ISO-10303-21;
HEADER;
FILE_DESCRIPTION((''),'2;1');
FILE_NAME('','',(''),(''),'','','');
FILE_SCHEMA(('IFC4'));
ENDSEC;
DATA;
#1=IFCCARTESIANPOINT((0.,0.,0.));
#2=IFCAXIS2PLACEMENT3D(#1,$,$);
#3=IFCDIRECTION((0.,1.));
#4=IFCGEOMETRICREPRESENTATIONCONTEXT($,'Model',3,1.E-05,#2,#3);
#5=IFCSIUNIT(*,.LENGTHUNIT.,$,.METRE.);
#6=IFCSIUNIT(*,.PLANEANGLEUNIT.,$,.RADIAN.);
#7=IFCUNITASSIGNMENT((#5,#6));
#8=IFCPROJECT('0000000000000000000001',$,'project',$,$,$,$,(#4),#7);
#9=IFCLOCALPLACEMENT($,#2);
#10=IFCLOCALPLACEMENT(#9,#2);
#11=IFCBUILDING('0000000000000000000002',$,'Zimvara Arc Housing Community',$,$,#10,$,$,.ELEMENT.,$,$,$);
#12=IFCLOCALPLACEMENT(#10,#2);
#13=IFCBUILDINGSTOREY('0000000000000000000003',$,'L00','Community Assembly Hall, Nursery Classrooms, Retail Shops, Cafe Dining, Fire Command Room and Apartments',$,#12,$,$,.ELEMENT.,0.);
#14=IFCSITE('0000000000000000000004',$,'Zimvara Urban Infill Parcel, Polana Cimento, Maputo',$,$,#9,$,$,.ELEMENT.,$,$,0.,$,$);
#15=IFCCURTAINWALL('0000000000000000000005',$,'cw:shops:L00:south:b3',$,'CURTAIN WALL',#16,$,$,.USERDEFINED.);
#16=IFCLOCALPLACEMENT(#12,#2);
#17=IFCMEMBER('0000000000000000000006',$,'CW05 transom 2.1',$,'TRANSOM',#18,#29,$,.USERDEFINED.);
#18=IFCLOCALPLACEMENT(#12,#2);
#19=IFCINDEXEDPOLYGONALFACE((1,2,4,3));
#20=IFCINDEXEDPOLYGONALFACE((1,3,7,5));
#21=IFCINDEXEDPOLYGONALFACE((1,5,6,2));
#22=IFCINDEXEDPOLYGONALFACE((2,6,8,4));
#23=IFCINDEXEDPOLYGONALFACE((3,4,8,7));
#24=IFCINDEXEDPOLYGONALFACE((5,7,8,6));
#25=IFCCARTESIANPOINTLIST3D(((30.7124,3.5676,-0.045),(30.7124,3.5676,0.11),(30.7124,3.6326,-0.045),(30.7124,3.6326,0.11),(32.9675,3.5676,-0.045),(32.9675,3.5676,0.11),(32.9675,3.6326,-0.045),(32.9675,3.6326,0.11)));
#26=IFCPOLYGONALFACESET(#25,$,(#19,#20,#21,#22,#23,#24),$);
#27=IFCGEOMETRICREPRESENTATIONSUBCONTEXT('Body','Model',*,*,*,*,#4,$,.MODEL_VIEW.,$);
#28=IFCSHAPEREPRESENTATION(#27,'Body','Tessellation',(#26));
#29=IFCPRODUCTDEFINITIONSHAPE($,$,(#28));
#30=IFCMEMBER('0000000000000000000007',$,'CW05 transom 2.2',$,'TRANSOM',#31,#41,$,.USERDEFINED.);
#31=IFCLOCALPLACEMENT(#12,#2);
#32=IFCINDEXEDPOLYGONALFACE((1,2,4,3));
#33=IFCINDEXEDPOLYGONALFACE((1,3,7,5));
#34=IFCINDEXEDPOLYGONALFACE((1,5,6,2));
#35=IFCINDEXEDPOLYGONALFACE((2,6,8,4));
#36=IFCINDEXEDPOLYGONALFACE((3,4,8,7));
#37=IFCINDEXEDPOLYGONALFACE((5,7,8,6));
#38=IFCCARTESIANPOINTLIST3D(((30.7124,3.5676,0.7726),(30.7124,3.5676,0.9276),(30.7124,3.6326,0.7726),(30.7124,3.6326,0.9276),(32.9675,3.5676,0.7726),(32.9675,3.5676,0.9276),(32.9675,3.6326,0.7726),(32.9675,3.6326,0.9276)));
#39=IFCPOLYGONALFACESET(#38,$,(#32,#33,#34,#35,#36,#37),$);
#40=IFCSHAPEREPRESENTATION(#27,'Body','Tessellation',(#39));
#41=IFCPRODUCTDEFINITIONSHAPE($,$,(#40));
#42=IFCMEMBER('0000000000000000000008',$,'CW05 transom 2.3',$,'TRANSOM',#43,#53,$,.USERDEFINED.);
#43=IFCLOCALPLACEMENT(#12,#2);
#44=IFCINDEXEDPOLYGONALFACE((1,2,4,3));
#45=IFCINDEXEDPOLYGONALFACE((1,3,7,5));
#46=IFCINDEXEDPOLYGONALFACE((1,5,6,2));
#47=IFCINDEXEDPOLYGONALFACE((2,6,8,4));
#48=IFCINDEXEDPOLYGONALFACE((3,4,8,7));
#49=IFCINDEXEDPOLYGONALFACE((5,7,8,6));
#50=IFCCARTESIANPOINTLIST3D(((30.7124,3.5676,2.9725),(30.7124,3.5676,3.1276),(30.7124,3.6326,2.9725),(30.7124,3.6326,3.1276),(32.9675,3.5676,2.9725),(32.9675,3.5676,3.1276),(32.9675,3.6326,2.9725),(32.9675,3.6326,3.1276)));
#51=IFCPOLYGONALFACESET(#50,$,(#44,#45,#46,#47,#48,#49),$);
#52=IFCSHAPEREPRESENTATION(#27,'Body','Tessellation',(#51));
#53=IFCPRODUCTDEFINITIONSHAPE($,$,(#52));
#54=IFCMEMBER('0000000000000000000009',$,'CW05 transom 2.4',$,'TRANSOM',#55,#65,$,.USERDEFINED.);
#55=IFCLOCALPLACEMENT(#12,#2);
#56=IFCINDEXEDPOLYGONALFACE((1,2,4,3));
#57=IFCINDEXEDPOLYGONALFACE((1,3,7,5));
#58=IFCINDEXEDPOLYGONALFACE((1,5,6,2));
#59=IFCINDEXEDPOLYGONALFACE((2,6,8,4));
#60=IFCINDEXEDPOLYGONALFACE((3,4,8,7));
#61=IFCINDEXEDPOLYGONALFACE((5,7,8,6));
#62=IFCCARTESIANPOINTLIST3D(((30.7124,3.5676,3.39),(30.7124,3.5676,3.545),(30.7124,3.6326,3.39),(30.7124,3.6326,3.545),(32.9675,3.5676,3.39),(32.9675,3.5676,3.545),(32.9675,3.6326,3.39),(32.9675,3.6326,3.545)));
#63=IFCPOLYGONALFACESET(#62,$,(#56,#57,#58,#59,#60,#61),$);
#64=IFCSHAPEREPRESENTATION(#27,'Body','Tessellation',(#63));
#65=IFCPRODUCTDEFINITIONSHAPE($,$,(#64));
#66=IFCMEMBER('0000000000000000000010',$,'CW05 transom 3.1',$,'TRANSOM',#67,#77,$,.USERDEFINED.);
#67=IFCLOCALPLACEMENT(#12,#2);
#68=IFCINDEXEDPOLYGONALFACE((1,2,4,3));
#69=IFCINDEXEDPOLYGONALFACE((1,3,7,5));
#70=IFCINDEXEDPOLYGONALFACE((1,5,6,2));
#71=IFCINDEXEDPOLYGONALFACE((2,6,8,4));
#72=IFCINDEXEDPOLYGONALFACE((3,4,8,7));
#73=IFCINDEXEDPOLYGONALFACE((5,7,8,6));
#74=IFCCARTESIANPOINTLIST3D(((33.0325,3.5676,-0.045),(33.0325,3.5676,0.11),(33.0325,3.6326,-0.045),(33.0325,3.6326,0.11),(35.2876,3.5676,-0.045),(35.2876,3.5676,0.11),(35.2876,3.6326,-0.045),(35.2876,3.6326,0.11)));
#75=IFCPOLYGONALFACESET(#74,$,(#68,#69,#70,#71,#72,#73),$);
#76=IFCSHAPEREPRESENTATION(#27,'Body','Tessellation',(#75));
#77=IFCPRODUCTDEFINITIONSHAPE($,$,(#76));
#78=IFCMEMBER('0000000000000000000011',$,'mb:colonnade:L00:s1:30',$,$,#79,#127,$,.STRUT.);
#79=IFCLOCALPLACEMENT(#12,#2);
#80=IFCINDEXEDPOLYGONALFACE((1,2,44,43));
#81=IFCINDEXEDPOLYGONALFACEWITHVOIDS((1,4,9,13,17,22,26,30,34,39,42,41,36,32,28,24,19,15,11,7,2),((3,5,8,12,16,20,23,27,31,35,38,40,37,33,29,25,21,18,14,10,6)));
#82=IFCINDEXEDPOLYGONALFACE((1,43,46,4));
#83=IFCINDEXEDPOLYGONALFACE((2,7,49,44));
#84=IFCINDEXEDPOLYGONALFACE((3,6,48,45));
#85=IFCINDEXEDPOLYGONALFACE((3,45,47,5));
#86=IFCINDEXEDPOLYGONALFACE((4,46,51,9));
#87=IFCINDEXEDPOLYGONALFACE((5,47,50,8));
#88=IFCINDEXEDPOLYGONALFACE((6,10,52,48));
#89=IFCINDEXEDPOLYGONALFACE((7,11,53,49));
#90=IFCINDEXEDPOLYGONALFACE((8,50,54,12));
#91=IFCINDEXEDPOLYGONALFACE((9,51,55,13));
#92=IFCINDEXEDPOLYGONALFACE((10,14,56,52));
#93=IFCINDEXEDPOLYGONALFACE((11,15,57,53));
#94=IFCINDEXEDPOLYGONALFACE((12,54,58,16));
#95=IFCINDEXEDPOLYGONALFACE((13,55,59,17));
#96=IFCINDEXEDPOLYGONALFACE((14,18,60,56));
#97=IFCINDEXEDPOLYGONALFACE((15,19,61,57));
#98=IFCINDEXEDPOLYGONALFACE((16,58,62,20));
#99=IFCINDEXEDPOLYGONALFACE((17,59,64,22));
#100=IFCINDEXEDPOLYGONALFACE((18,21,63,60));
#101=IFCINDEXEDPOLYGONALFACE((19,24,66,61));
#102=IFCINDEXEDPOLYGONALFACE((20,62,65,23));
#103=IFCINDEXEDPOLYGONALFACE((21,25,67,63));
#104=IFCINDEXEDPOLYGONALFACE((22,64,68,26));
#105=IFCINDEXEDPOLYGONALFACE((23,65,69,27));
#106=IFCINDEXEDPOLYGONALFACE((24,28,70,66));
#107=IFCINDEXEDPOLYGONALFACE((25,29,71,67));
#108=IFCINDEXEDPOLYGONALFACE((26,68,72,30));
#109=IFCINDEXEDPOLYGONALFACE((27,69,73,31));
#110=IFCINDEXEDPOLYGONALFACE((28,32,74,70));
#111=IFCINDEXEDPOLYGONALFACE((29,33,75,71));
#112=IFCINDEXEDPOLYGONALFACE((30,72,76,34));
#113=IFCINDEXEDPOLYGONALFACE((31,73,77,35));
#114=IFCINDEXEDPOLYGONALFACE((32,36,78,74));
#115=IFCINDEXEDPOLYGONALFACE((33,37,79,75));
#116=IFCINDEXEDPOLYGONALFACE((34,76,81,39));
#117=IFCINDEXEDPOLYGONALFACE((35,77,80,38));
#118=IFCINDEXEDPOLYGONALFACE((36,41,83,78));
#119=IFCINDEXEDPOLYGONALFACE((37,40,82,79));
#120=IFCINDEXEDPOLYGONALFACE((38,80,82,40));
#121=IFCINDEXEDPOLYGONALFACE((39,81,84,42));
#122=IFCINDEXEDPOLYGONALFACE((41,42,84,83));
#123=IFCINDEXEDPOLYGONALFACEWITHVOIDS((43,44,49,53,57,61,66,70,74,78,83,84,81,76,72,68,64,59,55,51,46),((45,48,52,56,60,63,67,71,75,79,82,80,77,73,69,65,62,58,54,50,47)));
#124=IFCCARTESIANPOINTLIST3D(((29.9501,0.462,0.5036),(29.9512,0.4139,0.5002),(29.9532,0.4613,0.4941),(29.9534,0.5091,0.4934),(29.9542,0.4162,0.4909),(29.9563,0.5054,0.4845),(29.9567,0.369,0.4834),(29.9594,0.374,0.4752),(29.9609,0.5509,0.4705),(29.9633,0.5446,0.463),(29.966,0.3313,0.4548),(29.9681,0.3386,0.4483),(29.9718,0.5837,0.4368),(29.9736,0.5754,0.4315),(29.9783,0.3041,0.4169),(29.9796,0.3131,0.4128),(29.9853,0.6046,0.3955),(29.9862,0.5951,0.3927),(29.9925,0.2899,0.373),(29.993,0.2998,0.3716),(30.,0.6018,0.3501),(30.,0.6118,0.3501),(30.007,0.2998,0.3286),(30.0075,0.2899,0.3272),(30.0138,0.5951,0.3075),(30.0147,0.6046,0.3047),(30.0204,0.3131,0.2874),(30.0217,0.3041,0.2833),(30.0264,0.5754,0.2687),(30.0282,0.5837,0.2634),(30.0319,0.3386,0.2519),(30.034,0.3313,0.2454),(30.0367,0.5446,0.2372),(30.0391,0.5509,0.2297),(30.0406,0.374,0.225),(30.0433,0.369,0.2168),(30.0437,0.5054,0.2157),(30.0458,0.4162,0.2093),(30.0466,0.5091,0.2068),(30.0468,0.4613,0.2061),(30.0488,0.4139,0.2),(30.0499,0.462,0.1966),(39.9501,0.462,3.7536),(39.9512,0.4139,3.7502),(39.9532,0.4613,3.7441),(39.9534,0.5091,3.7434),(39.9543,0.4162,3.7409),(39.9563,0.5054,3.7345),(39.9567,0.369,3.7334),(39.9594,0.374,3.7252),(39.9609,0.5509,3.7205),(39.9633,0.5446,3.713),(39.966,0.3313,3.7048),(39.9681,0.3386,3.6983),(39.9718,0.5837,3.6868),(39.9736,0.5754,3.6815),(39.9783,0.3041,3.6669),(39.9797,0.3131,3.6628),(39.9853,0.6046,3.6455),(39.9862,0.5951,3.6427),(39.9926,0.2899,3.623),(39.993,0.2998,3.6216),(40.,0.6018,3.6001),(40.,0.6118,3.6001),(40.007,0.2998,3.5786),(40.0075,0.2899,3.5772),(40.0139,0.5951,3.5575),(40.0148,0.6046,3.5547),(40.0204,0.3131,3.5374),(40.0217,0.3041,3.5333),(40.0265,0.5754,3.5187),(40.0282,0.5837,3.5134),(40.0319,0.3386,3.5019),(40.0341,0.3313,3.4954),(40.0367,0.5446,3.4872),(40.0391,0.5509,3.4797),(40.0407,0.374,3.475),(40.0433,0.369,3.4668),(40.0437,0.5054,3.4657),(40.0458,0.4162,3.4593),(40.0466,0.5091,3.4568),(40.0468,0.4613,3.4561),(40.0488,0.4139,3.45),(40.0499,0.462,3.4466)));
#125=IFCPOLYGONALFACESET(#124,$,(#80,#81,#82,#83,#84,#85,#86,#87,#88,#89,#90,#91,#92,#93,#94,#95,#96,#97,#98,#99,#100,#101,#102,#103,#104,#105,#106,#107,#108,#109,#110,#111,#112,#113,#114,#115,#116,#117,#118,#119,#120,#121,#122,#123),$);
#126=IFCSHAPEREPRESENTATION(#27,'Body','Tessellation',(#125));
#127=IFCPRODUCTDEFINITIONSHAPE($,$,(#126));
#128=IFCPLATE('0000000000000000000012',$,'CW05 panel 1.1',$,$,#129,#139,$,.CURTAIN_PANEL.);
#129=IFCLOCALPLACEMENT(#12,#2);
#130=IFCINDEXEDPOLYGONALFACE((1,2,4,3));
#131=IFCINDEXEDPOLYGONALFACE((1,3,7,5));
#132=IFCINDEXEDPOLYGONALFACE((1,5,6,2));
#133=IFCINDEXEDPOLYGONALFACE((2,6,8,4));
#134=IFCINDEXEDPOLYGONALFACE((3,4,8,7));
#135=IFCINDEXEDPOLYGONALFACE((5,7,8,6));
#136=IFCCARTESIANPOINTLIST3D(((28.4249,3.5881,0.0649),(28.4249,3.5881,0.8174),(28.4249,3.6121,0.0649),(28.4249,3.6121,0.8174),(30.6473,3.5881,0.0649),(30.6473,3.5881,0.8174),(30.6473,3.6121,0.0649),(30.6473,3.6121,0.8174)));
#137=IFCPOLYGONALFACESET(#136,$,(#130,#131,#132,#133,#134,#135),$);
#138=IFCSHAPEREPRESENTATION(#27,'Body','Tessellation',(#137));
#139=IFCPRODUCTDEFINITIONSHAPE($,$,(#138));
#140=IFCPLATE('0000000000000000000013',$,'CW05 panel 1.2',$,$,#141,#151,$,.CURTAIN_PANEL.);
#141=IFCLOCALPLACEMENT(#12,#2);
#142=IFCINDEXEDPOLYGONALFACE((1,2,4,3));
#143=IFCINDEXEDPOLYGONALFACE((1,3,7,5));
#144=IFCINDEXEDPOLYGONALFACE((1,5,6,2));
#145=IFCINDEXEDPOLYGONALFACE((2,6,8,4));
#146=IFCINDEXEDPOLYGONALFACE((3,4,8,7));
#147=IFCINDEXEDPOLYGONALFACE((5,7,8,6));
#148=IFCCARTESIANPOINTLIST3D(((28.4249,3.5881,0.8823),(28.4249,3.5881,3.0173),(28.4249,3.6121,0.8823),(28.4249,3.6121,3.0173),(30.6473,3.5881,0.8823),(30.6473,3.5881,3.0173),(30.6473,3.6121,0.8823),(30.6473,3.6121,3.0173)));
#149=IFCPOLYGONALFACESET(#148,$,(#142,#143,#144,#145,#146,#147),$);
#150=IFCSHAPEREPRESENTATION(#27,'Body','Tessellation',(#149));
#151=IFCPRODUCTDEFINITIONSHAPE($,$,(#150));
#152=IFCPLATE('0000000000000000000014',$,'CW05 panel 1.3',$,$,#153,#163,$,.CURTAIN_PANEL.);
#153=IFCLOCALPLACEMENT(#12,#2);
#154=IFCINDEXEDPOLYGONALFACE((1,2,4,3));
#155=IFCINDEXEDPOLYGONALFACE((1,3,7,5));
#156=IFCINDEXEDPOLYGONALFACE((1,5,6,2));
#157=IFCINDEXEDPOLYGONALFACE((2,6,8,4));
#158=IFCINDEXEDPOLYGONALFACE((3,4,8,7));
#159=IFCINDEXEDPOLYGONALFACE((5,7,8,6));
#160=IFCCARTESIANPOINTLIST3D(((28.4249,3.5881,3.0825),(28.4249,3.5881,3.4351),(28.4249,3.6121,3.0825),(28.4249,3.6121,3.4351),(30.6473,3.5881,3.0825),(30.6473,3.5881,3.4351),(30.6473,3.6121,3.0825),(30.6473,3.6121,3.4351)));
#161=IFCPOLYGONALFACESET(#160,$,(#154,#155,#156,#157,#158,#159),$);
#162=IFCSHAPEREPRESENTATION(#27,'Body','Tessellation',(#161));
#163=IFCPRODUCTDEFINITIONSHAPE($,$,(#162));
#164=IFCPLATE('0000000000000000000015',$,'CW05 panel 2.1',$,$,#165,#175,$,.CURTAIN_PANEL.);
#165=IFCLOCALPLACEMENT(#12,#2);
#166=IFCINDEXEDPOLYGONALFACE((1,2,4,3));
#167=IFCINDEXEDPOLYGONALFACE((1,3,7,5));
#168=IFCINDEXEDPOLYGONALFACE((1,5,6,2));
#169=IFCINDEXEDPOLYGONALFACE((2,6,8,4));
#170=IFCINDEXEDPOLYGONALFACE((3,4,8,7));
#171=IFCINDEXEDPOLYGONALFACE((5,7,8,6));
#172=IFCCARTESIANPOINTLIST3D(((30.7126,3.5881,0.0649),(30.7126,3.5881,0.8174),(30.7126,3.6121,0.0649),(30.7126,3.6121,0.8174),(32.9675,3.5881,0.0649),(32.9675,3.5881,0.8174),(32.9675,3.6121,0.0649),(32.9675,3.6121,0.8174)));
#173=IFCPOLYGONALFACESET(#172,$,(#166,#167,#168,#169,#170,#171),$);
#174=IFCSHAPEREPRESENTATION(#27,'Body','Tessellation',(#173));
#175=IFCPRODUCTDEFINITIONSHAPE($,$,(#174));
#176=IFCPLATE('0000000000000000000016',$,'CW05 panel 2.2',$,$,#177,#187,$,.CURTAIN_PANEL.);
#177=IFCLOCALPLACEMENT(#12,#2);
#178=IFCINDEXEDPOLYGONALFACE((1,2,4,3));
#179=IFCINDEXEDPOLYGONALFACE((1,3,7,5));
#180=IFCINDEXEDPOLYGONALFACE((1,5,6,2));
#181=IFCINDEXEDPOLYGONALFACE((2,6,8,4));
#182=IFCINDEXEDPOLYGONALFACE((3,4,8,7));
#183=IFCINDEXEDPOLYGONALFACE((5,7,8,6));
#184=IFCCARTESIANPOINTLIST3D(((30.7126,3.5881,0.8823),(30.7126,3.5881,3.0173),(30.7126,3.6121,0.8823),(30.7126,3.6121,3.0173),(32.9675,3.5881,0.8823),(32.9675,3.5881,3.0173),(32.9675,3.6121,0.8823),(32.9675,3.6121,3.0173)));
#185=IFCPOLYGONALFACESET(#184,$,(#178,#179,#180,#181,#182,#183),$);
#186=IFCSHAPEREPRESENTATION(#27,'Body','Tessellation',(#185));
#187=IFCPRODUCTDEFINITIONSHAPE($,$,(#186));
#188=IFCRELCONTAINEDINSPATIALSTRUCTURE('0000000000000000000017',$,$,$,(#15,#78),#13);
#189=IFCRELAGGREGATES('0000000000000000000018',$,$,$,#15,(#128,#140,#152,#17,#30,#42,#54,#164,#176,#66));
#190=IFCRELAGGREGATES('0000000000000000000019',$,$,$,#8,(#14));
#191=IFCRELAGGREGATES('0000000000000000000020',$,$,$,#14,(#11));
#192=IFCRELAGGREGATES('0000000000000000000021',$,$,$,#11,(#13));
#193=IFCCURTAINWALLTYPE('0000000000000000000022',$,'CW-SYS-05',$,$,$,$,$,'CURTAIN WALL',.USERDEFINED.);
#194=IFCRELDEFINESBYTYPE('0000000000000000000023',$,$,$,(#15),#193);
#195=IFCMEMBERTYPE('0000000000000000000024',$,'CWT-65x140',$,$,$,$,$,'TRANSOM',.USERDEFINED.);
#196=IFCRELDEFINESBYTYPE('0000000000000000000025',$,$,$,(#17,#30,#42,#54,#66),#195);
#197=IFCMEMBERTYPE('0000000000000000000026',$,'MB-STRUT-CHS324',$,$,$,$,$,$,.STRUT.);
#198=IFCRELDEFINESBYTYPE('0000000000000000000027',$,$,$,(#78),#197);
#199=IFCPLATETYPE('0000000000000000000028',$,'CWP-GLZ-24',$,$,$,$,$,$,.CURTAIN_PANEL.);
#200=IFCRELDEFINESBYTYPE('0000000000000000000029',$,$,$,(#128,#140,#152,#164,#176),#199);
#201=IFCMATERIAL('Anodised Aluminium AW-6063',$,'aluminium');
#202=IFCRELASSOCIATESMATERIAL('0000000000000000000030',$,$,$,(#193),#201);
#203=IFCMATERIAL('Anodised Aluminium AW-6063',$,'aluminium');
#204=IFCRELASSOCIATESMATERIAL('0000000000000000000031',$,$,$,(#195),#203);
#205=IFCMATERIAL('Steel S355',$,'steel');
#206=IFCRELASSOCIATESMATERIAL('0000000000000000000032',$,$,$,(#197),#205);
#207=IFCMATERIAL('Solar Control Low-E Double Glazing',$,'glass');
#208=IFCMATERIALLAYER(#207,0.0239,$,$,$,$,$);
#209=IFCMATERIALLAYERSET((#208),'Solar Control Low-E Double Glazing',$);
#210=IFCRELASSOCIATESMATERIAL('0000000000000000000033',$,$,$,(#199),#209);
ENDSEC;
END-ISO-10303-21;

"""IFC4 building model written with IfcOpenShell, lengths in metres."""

from ifc_helpers import new_model, si_unit, direction, frame, origin, origin_2d, place, context, subcontext, project, spatial, rectangle, hollow_circle, extrude, material, layer, layer_set, material_profile, profile_set, type_object, element, aggregate, save


model = new_model("IFC4")

# Units and contexts
model_context = context("Model", 3, precision=1e-05, world=origin(), true_north=direction((0.0, 1.0)))
body_context = subcontext(model_context, "Body", "Model", "MODEL_VIEW")
ifc_project = project(units=[si_unit("LENGTHUNIT", "METRE"), si_unit("PLANEANGLEUNIT", "RADIAN")], contexts=[model_context])

# Site, building, storey
site_placement = place(None, origin())
site = spatial("IfcSite", under=ifc_project, at=site_placement, Name="Zimvara Urban Infill Parcel, Polana Cimento, Maputo", CompositionType="ELEMENT", RefElevation=0.0)
building_placement = place(site_placement, origin())
building = spatial("IfcBuilding", under=site, at=building_placement, Name="Zimvara Arc Housing Community", CompositionType="ELEMENT")
storey_placement = place(building_placement, origin())
storey = spatial("IfcBuildingStorey", under=building, at=storey_placement, Name="L00", Description="Community Assembly Hall, Nursery Classrooms, Retail Shops, Cafe Dining, Fire Command Room and Apartments", CompositionType="ELEMENT", Elevation=0.0)

# Curtain wall, members
ifc_material_1 = material(Name="Anodised Aluminium AW-6063", Category="aluminium")
curtain_wall_type = type_object("IfcCurtainWallType", Name="CW-SYS-05", ElementType="CURTAIN WALL", PredefinedType="USERDEFINED", material=ifc_material_1)
curtain_wall_placement = place(storey_placement, origin())
curtain_wall = element("IfcCurtainWall", 1, at=curtain_wall_placement, inside=storey, type_object=curtain_wall_type, Name="cw:shops:L00:south:b3", ObjectType="CURTAIN WALL", PredefinedType="USERDEFINED")
ifc_material_2 = material(Name="Anodised Aluminium AW-6063", Category="aluminium")
ifc_material_profile_1 = material_profile(ifc_material_2, rectangle(XDim=0.0649, YDim=0.155, at=origin_2d()), Name="ALU 65x155")
ifc_profile_set_1 = profile_set([ifc_material_profile_1], Name="Anodised Aluminium AW-6063")
member_type_1 = type_object("IfcMemberType", Name="CWT-65x140", ElementType="TRANSOM", PredefinedType="USERDEFINED", material=ifc_profile_set_1)
member_1_placement = place(storey_placement, frame((30.7124, 3.6001, 0.0325), z_axis=(1.0, 0.0, 0.0), x_axis=(0.0, 1.0, 0.0)))
member_1 = element("IfcMember", 2, at=member_1_placement, type_object=member_type_1, Name="CW05 transom 2.1", ObjectType="TRANSOM", PredefinedType="USERDEFINED", context=body_context, shape_type="SweptSolid", body=[
    extrude(rectangle(XDim=0.0649, YDim=0.155, at=origin_2d()), origin(), (0.0, 0.0, 1.0), 2.2551),
])
member_2_placement = place(storey_placement, frame((30.7124, 3.6001, 0.8501), z_axis=(1.0, 0.0, 0.0), x_axis=(0.0, 1.0, 0.0)))
member_2 = element("IfcMember", 3, at=member_2_placement, type_object=member_type_1, Name="CW05 transom 2.2", ObjectType="TRANSOM", PredefinedType="USERDEFINED", context=body_context, shape_type="SweptSolid", body=[
    extrude(rectangle(XDim=0.0649, YDim=0.155, at=origin_2d()), origin(), (0.0, 0.0, 1.0), 2.2551),
])
member_3_placement = place(storey_placement, frame((30.7124, 3.6001, 3.05), z_axis=(1.0, 0.0, 0.0), x_axis=(0.0, 1.0, 0.0)))
member_3 = element("IfcMember", 4, at=member_3_placement, type_object=member_type_1, Name="CW05 transom 2.3", ObjectType="TRANSOM", PredefinedType="USERDEFINED", context=body_context, shape_type="SweptSolid", body=[
    extrude(rectangle(XDim=0.0649, YDim=0.155, at=origin_2d()), origin(), (0.0, 0.0, 1.0), 2.2551),
])
member_4_placement = place(storey_placement, frame((30.7124, 3.6001, 3.4675), z_axis=(1.0, 0.0, 0.0), x_axis=(0.0, 1.0, 0.0)))
member_4 = element("IfcMember", 5, at=member_4_placement, type_object=member_type_1, Name="CW05 transom 2.4", ObjectType="TRANSOM", PredefinedType="USERDEFINED", context=body_context, shape_type="SweptSolid", body=[
    extrude(rectangle(XDim=0.0649, YDim=0.155, at=origin_2d()), origin(), (0.0, 0.0, 1.0), 2.2551),
])
member_5_placement = place(storey_placement, frame((33.0325, 3.6001, 0.0325), z_axis=(1.0, 0.0, 0.0), x_axis=(0.0, 1.0, 0.0)))
member_5 = element("IfcMember", 6, at=member_5_placement, type_object=member_type_1, Name="CW05 transom 3.1", ObjectType="TRANSOM", PredefinedType="USERDEFINED", context=body_context, shape_type="SweptSolid", body=[
    extrude(rectangle(XDim=0.0649, YDim=0.155, at=origin_2d()), origin(), (0.0, 0.0, 1.0), 2.2551),
])

# Member
ifc_material_3 = material(Name="Steel S355", Category="steel")
ifc_material_profile_2 = material_profile(ifc_material_3, hollow_circle(Radius=0.1619, WallThickness=0.01, at=origin_2d()), Name="CHS 323.9x10.0")
ifc_profile_set_2 = profile_set([ifc_material_profile_2], Name="Steel S355")
member_type_2 = type_object("IfcMemberType", Name="MB-STRUT-CHS324", PredefinedType="STRUT", material=ifc_profile_set_2)
member_6_placement = place(storey_placement, frame((30.0, 0.45, 0.3501), z_axis=(0.951034, 0.0, 0.309086), x_axis=(0.0, 1.0, 0.0)))
element("IfcMember", 7, at=member_6_placement, inside=storey, type_object=member_type_2, Name="mb:colonnade:L00:s1:30", PredefinedType="STRUT", context=body_context, shape_type="SweptSolid", body=[
    extrude(hollow_circle(Radius=0.1619, WallThickness=0.01, at=origin_2d()), origin(), (0.0, 0.0, 1.0), 10.5149),
])

# Plates
ifc_material_4 = material(Name="Solar Control Low-E Double Glazing", Category="glass")
ifc_layer_1 = layer(ifc_material_4, 0.0239)
ifc_layer_set_1 = layer_set([ifc_layer_1], Name="Solar Control Low-E Double Glazing")
plate_type_1 = type_object("IfcPlateType", Name="CWP-GLZ-24", PredefinedType="CURTAIN_PANEL", material=ifc_layer_set_1)
plate_1_placement = place(storey_placement, frame((29.5361, 3.6001, 0.0649), z_axis=(0.0, 0.0, 1.0), x_axis=(1.0, 0.0, 0.0)))
plate_1 = element("IfcPlate", 8, at=plate_1_placement, type_object=plate_type_1, Name="CW05 panel 1.1", PredefinedType="CURTAIN_PANEL", context=body_context, shape_type="SweptSolid", body=[
    extrude(rectangle(XDim=2.2224, YDim=0.0239, at=origin_2d()), origin(), (0.0, 0.0, 1.0), 0.7524),
])
plate_2_placement = place(storey_placement, frame((29.5361, 3.6001, 0.8823), z_axis=(0.0, 0.0, 1.0), x_axis=(1.0, 0.0, 0.0)))
plate_2 = element("IfcPlate", 9, at=plate_2_placement, type_object=plate_type_1, Name="CW05 panel 1.2", PredefinedType="CURTAIN_PANEL", context=body_context, shape_type="SweptSolid", body=[
    extrude(rectangle(XDim=2.2224, YDim=0.0239, at=origin_2d()), origin(), (0.0, 0.0, 1.0), 2.135),
])
plate_3_placement = place(storey_placement, frame((29.5361, 3.6001, 3.0825), z_axis=(0.0, 0.0, 1.0), x_axis=(1.0, 0.0, 0.0)))
plate_3 = element("IfcPlate", 10, at=plate_3_placement, type_object=plate_type_1, Name="CW05 panel 1.3", PredefinedType="CURTAIN_PANEL", context=body_context, shape_type="SweptSolid", body=[
    extrude(rectangle(XDim=2.2224, YDim=0.0239, at=origin_2d()), origin(), (0.0, 0.0, 1.0), 0.3525),
])
plate_4_placement = place(storey_placement, frame((31.8401, 3.6001, 0.0649), z_axis=(0.0, 0.0, 1.0), x_axis=(1.0, 0.0, 0.0)))
plate_4 = element("IfcPlate", 11, at=plate_4_placement, type_object=plate_type_1, Name="CW05 panel 2.1", PredefinedType="CURTAIN_PANEL", context=body_context, shape_type="SweptSolid", body=[
    extrude(rectangle(XDim=2.2549, YDim=0.0239, at=origin_2d()), origin(), (0.0, 0.0, 1.0), 0.7524),
])
plate_5_placement = place(storey_placement, frame((31.8401, 3.6001, 0.8823), z_axis=(0.0, 0.0, 1.0), x_axis=(1.0, 0.0, 0.0)))
plate_5 = element("IfcPlate", 12, at=plate_5_placement, type_object=plate_type_1, Name="CW05 panel 2.2", PredefinedType="CURTAIN_PANEL", context=body_context, shape_type="SweptSolid", body=[
    extrude(rectangle(XDim=2.2549, YDim=0.0239, at=origin_2d()), origin(), (0.0, 0.0, 1.0), 2.135),
])
aggregate(curtain_wall, [plate_1, plate_2, plate_3, member_1, member_2, member_3, member_4, plate_4, plate_5, member_5])

save(model, "model.ifc")
